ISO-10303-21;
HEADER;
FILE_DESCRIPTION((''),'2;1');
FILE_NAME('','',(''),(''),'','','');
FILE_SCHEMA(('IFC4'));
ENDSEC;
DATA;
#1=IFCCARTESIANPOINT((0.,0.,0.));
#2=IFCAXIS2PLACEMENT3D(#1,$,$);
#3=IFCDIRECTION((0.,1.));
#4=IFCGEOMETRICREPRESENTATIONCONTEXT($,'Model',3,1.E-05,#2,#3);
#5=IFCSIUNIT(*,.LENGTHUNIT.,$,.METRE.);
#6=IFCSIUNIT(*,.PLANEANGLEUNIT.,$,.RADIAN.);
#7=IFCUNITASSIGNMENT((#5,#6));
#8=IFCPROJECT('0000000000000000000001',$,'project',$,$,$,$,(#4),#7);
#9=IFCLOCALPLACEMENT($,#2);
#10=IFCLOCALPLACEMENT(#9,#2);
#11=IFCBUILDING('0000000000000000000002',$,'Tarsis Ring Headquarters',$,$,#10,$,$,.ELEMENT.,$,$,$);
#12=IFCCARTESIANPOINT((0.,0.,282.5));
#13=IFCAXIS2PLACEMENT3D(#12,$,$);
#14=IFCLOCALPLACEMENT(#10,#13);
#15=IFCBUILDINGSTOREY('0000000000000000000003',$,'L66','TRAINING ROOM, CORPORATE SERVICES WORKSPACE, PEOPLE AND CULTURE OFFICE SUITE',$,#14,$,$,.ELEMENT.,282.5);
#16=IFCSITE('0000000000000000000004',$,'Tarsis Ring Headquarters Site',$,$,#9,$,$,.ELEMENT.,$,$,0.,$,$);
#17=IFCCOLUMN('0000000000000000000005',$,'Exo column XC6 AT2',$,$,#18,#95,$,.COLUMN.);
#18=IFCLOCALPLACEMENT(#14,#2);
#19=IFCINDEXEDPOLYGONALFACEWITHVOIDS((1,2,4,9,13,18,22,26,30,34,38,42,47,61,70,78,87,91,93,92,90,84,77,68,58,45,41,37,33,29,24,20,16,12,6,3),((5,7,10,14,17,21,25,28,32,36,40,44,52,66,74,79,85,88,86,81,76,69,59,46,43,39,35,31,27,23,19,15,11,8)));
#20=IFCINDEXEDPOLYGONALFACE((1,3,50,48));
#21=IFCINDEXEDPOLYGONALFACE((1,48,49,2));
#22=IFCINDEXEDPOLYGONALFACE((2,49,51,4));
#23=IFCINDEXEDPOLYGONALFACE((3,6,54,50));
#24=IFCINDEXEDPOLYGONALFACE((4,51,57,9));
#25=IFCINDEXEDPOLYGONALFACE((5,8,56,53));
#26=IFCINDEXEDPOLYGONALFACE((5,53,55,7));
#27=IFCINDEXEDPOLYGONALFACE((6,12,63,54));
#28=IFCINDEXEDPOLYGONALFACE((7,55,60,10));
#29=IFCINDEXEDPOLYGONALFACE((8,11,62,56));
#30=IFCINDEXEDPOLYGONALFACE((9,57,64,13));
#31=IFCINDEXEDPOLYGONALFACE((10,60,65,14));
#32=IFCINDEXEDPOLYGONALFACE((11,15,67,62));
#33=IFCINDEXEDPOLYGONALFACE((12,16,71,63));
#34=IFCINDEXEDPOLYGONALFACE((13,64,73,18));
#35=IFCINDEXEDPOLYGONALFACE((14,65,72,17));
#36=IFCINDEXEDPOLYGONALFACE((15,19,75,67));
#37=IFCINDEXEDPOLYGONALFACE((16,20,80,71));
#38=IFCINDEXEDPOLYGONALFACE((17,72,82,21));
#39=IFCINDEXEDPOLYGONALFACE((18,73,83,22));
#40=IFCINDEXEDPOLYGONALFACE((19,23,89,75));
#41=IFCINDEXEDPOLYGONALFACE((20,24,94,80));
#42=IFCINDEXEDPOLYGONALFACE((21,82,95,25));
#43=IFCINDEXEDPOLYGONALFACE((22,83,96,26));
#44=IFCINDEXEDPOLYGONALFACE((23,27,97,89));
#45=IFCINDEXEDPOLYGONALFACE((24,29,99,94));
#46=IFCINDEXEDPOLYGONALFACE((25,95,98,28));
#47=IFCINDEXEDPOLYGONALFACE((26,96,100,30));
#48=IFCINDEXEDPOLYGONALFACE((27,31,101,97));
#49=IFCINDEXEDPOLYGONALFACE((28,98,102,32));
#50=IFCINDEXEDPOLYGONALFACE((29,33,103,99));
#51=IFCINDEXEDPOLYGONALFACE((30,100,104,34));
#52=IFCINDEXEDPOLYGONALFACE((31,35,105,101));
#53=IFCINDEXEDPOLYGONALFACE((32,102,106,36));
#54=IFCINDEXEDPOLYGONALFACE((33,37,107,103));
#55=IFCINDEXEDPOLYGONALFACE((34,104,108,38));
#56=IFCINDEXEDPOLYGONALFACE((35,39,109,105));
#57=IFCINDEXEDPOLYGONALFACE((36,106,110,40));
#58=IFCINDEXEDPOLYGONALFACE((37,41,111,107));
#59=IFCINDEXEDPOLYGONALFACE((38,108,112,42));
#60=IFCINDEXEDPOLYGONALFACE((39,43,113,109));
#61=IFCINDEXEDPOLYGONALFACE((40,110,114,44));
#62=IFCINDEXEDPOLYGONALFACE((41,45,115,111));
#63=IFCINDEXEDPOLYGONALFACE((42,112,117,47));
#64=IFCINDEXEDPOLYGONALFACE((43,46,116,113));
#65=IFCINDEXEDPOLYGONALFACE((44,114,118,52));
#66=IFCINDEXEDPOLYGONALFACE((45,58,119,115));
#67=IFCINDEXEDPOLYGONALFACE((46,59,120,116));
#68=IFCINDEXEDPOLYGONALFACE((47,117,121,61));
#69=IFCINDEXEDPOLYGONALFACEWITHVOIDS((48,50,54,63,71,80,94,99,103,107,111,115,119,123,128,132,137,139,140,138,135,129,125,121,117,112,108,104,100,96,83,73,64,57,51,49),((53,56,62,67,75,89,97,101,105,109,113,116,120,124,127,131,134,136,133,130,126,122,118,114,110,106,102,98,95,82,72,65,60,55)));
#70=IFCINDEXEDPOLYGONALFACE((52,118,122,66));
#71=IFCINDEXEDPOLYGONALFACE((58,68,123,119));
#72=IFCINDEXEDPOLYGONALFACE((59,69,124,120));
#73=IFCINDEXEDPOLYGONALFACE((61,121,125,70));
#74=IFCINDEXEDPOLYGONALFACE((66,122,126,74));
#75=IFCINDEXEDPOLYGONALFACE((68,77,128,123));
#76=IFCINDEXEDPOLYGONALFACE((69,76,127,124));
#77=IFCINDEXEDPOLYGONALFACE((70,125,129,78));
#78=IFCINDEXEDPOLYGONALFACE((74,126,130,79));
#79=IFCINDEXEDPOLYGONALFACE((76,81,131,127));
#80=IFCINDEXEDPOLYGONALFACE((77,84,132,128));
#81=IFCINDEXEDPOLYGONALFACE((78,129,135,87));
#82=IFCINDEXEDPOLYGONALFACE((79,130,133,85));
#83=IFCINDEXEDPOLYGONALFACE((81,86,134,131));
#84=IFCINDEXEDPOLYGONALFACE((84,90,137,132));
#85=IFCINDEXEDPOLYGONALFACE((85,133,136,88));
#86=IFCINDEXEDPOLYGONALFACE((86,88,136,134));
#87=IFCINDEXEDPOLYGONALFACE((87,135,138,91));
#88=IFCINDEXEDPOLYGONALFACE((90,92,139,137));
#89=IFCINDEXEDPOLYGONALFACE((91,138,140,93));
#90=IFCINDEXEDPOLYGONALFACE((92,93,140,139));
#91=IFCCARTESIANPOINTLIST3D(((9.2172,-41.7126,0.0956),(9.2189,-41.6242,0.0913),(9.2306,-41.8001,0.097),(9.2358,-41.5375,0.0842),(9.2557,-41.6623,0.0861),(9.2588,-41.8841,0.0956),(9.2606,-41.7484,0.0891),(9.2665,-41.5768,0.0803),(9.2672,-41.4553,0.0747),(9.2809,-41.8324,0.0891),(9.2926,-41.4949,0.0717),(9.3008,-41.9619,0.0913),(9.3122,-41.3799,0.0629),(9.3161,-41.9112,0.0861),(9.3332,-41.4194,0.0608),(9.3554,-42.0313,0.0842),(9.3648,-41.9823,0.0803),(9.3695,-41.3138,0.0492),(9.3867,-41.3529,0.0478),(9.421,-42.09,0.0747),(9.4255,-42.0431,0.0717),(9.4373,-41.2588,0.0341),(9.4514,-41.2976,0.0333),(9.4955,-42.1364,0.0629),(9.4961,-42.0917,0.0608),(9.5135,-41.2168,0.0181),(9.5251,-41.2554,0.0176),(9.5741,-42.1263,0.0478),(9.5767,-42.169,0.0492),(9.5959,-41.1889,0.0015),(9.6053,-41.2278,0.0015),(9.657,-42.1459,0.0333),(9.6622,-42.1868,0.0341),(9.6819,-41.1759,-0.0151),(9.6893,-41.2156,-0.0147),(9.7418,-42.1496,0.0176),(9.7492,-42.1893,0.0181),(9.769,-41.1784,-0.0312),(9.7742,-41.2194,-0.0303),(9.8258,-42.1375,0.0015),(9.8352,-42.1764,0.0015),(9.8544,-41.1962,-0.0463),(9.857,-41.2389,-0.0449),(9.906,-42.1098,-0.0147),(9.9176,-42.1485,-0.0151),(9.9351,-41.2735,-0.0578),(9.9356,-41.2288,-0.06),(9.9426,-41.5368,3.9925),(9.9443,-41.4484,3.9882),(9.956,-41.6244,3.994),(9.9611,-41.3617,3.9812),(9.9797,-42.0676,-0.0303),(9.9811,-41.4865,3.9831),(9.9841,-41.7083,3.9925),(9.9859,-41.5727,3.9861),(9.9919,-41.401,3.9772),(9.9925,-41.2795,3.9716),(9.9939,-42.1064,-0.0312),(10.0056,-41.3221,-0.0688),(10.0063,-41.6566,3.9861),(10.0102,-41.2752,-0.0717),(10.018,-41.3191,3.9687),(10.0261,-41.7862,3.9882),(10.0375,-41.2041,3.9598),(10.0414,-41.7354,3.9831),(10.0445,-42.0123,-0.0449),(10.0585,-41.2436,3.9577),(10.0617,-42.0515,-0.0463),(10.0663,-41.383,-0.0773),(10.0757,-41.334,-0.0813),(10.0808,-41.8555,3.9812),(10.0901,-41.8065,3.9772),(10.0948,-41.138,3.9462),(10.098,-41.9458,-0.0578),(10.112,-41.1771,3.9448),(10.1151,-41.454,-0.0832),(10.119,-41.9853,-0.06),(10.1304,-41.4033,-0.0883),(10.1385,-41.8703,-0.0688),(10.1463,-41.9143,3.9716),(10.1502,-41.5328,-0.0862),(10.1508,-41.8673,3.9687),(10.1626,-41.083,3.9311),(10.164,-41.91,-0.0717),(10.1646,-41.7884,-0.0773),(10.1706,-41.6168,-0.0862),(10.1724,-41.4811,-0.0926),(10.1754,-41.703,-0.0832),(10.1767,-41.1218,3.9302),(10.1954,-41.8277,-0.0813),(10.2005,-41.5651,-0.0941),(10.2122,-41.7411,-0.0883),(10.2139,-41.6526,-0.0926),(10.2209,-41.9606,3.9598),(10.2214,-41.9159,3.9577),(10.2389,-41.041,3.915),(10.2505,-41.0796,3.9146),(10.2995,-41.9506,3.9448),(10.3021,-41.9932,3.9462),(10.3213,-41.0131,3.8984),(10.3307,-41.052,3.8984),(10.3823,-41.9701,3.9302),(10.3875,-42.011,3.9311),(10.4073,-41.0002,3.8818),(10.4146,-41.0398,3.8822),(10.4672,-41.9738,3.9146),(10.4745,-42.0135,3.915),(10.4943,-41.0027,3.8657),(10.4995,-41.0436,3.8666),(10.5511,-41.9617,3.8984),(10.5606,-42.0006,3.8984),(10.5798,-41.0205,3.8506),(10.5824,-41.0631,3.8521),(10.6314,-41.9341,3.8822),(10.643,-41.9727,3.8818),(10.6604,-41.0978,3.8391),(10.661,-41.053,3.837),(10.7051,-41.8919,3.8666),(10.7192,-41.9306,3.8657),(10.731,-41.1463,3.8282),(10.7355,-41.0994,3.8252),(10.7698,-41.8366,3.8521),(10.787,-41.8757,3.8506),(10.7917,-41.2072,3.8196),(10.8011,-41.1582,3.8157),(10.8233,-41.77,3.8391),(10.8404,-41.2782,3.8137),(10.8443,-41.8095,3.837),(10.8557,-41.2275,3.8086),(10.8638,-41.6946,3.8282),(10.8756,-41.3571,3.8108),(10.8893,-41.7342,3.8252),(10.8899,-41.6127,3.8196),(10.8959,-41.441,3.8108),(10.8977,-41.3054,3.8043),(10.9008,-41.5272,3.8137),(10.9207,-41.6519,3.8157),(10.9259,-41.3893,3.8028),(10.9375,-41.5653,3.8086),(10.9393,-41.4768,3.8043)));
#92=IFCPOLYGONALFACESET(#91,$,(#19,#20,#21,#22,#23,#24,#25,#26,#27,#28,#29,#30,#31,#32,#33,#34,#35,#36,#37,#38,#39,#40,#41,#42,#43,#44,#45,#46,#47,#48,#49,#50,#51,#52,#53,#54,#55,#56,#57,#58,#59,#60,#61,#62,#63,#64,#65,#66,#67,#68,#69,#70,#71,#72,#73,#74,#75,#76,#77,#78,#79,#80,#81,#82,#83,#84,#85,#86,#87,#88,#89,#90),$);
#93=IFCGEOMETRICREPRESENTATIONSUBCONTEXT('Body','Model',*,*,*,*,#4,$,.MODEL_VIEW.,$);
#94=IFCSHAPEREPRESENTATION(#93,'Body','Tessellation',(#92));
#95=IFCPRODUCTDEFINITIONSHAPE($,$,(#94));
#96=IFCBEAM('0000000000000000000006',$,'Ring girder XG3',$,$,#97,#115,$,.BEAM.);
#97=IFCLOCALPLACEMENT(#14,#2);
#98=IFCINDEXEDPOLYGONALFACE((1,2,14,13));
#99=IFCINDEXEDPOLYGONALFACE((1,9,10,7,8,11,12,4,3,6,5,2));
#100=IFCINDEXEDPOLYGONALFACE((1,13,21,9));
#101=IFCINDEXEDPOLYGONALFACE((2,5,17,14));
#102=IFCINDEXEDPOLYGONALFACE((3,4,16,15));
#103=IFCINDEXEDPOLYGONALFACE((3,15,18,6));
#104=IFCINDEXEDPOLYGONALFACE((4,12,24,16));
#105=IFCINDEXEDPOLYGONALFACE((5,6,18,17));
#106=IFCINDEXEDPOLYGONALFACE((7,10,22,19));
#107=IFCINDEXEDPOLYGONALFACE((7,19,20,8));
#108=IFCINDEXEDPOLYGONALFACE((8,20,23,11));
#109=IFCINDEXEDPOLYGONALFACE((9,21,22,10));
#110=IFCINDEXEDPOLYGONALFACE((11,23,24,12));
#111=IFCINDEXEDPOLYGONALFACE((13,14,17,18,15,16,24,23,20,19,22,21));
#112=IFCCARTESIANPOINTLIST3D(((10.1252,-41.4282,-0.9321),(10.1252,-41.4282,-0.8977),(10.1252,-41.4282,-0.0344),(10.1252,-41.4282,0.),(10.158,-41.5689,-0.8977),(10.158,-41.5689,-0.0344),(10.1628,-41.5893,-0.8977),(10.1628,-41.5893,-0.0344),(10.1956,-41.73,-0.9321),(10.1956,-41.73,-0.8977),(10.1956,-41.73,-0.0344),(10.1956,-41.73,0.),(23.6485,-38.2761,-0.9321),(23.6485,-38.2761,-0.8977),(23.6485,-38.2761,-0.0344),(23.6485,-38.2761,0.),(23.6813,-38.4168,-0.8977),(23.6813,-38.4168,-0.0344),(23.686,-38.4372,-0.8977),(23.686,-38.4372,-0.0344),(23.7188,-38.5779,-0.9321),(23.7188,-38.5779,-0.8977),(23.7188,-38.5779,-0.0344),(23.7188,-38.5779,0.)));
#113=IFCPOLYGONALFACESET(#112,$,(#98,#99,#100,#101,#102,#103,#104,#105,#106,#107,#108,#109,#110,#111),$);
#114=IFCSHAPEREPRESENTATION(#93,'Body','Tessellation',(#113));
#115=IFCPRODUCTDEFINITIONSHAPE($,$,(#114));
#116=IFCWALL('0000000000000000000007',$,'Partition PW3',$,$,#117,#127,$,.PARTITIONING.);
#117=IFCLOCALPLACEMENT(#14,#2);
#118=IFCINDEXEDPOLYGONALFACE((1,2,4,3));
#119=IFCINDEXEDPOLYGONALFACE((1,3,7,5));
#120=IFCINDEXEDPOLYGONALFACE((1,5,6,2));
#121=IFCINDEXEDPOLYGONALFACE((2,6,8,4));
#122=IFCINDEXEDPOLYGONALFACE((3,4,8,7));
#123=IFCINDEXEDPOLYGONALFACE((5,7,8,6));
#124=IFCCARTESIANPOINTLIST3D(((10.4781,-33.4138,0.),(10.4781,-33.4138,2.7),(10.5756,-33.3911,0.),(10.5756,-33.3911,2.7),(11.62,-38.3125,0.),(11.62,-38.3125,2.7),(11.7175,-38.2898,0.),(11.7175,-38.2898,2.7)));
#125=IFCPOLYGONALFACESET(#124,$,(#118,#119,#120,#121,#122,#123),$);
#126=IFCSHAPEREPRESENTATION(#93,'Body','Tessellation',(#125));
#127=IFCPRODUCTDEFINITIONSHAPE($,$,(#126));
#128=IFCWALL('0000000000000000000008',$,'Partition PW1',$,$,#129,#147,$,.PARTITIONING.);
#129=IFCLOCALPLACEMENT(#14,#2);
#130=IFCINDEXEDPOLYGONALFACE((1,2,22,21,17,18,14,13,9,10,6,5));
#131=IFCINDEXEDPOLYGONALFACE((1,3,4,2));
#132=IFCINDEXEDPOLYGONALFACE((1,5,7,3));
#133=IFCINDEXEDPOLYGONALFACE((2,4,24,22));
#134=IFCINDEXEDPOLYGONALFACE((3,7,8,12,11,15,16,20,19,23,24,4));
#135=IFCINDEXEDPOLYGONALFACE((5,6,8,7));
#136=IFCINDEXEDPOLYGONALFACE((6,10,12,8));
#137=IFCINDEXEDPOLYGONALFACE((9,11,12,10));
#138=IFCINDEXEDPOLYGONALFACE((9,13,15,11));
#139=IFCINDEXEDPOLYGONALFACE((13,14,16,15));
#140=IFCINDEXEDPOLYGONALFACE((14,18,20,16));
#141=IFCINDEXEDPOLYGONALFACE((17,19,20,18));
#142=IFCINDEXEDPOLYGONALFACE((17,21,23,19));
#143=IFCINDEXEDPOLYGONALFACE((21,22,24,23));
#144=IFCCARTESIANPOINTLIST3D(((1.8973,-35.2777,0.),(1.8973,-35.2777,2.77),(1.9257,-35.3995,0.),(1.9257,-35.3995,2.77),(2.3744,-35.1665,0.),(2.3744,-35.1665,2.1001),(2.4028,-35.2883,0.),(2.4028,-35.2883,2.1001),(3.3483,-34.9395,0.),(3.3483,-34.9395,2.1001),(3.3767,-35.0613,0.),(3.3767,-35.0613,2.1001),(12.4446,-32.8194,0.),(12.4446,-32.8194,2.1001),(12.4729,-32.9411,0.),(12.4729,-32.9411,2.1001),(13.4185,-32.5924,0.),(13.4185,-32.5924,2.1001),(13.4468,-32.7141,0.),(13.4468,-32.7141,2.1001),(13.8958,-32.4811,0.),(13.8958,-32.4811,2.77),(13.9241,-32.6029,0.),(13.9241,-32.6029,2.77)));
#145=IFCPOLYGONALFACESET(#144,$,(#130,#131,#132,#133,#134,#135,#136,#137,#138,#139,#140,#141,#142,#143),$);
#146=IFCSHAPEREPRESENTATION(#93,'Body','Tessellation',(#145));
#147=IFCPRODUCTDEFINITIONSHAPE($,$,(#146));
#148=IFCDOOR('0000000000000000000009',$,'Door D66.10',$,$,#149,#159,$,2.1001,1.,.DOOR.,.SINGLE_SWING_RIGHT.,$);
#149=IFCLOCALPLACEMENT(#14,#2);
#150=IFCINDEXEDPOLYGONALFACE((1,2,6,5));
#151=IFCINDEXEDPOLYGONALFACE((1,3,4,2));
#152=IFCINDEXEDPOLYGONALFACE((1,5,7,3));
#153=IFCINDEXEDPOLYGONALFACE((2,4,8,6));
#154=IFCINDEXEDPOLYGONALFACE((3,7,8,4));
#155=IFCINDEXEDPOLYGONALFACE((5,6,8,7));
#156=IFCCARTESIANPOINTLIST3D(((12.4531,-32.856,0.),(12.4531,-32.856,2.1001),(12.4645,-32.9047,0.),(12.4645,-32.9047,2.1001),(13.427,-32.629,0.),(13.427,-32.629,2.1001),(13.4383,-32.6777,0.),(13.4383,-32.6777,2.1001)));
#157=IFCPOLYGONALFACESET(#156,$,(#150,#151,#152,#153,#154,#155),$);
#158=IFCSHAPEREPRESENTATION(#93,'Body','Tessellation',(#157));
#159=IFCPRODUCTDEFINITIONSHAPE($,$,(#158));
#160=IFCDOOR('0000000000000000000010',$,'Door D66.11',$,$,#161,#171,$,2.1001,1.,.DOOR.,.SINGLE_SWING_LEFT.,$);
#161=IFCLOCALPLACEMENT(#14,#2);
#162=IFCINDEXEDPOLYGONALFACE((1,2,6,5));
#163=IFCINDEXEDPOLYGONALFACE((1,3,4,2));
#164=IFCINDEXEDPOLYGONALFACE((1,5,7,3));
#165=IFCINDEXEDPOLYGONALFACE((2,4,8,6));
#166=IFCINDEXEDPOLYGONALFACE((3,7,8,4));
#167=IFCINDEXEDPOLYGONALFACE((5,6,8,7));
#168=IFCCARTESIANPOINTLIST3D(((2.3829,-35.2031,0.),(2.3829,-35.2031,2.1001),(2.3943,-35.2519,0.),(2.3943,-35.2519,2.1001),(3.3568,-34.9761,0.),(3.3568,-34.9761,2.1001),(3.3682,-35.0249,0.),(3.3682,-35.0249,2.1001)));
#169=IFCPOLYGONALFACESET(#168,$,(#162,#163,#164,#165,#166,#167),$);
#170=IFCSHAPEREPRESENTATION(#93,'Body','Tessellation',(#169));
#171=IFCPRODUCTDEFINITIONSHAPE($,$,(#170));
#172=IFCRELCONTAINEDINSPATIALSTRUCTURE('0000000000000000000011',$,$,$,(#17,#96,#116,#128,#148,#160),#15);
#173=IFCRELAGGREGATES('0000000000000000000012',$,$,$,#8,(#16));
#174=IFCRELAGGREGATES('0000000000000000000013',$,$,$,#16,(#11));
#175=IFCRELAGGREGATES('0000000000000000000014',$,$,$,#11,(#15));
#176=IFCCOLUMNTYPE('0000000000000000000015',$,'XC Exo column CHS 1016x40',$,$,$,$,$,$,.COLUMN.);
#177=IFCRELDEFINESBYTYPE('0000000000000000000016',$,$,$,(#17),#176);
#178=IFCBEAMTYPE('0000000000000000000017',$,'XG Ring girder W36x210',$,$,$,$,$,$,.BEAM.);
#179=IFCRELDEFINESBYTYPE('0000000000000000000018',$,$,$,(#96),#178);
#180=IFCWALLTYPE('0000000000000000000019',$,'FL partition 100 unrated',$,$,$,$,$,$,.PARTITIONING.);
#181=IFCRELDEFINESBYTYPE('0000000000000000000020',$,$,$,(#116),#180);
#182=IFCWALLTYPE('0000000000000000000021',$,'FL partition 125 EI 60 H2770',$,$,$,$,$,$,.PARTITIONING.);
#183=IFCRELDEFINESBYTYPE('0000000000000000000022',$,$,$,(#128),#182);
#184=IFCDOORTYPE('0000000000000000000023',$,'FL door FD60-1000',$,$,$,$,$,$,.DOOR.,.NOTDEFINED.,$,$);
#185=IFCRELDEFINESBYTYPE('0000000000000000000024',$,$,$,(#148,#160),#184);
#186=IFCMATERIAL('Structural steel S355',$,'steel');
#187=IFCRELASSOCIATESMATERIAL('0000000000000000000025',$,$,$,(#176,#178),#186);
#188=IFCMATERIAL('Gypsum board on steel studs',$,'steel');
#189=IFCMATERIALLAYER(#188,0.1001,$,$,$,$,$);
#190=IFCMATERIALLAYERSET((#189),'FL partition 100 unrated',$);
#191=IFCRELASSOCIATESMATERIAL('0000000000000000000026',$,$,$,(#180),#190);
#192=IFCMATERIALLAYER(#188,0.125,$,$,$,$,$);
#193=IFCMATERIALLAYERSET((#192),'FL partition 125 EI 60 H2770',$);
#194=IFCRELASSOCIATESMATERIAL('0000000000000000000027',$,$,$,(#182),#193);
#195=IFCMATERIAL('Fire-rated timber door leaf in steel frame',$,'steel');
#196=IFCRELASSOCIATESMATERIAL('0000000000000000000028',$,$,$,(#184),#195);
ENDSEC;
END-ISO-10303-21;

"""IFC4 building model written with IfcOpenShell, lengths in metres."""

from ifc_helpers import new_model, si_unit, direction, frame, frame_2d, origin, origin_2d, place, context, subcontext, project, spatial, rectangle, hollow_circle, i_section, extrude, material, layer, layer_set, material_profile, profile_set, type_object, element, fill, save


model = new_model("IFC4")

# Units and contexts
model_context = context("Model", 3, precision=1e-05, world=origin(), true_north=direction((0.0, 1.0)))
body_context = subcontext(model_context, "Body", "Model", "MODEL_VIEW")
ifc_project = project(units=[si_unit("LENGTHUNIT", "METRE"), si_unit("PLANEANGLEUNIT", "RADIAN")], contexts=[model_context])

# Site, building, storey
site_placement = place(None, origin())
site = spatial("IfcSite", under=ifc_project, at=site_placement, Name="Tarsis Ring Headquarters Site", CompositionType="ELEMENT", RefElevation=0.0)
building_placement = place(site_placement, origin())
building = spatial("IfcBuilding", under=site, at=building_placement, Name="Tarsis Ring Headquarters", CompositionType="ELEMENT")
storey_placement = place(building_placement, frame((0.0, 0.0, 282.5)))
storey = spatial("IfcBuildingStorey", under=building, at=storey_placement, Name="L66", Description="TRAINING ROOM, CORPORATE SERVICES WORKSPACE, PEOPLE AND CULTURE OFFICE SUITE", CompositionType="ELEMENT", Elevation=282.5)

# Column
ifc_material_1 = material(Name="Structural steel S355", Category="steel")
ifc_material_profile_1 = material_profile(ifc_material_1, hollow_circle(Radius=0.5081, WallThickness=0.04, at=origin_2d()), Name="CHS 1016x40")
ifc_profile_set_1 = profile_set([ifc_material_profile_1], Name="Structural steel S355")
column_type = type_object("IfcColumnType", Name="XC Exo column CHS 1016x40", PredefinedType="COLUMN", material=ifc_profile_set_1)
column_placement = place(storey_placement, frame((9.7156, -41.6826, 0.0015), z_axis=(0.182807, 0.044302, 0.98215), x_axis=(-0.235525, 0.971868, 0.0)))
element("IfcColumn", 1, at=column_placement, inside=storey, type_object=column_type, Name="Exo column XC6 AT2", PredefinedType="COLUMN", context=body_context, shape_type="SweptSolid", body=[
    extrude(hollow_circle(Radius=0.5081, WallThickness=0.04, at=origin_2d()), origin(), (0.0, 0.0, 1.0), 3.9678),
])

# Beam
ifc_material_profile_2 = material_profile(ifc_material_1, i_section(OverallWidth=0.3098, OverallDepth=0.9321, WebThickness=0.021, FlangeThickness=0.0344, at=origin_2d()), Name="W36x210")
ifc_profile_set_2 = profile_set([ifc_material_profile_2], Name="Structural steel S355")
beam_type = type_object("IfcBeamType", Name="XG Ring girder W36x210", PredefinedType="BEAM", material=ifc_profile_set_2)
beam_placement = place(storey_placement, frame((10.1604, -41.5791, -0.4661), z_axis=(0.973894, 0.227003, 0.0), x_axis=(-0.227003, 0.973894, 0.0)))
element("IfcBeam", 2, at=beam_placement, inside=storey, type_object=beam_type, Name="Ring girder XG3", PredefinedType="BEAM", context=body_context, shape_type="SweptSolid", body=[
    extrude(i_section(OverallWidth=0.3098, OverallDepth=0.9321, WebThickness=0.021, FlangeThickness=0.0344, at=origin_2d()), origin(), (0.0, 0.0, 1.0), 13.8857),
])

# Wall
ifc_material_2 = material(Name="Gypsum board on steel studs", Category="steel")
ifc_layer_1 = layer(ifc_material_2, 0.1001)
ifc_layer_set_1 = layer_set([ifc_layer_1], Name="FL partition 100 unrated")
wall_type_1 = type_object("IfcWallType", Name="FL partition 100 unrated", PredefinedType="PARTITIONING", material=ifc_layer_set_1)
wall_1_placement = place(storey_placement, frame((10.5269, -33.4023, 0.0), z_axis=(0.0, 0.0, 1.0), x_axis=(0.227007, -0.973893, 0.0)))
element("IfcWall", 3, at=wall_1_placement, inside=storey, type_object=wall_type_1, Name="Partition PW3", PredefinedType="PARTITIONING", context=body_context, shape_type="SweptSolid", body=[
    extrude(rectangle(XDim=5.03, YDim=0.1001, at=frame_2d((2.5151, 0.0))), origin(), (0.0, 0.0, 1.0), 2.7),
])

# Wall, openings, doors
ifc_layer_2 = layer(ifc_material_2, 0.125)
ifc_layer_set_2 = layer_set([ifc_layer_2], Name="FL partition 125 EI 60 H2770")
wall_type_2 = type_object("IfcWallType", Name="FL partition 125 EI 60 H2770", PredefinedType="PARTITIONING", material=ifc_layer_set_2)
wall_2_placement = place(storey_placement, frame((1.9114, -35.3386, 0.0), z_axis=(0.0, 0.0, 1.0), x_axis=(0.973896, 0.226997, 0.0)))
wall_2 = element("IfcWall", 4, at=wall_2_placement, inside=storey, type_object=wall_type_2, Name="Partition PW1", PredefinedType="PARTITIONING", context=body_context, shape_type="SweptSolid", body=[
    extrude(rectangle(XDim=12.3201, YDim=0.125, at=frame_2d((6.1602, 0.0))), origin(), (0.0, 0.0, 1.0), 2.77),
])
opening_1_placement = place(wall_2_placement, frame((10.8301, 0.0, 0.0)))
opening_1 = element("IfcOpeningElement", 5, at=opening_1_placement, cuts=wall_2, PredefinedType="OPENING", context=body_context, shape_type="SweptSolid", body=[
    extrude(rectangle(XDim=1.0, YDim=2.1001, at=frame_2d((0.5, 1.05))), frame((0.0, 0.0725, 0.0), z_axis=(0.0, -1.0, 0.0), x_axis=(1.0, 0.0, 0.0)), (0.0, 0.0, 1.0), 0.145),
])
opening_2_placement = place(wall_2_placement, frame((0.49, 0.0, 0.0)))
opening_2 = element("IfcOpeningElement", 6, at=opening_2_placement, cuts=wall_2, PredefinedType="OPENING", context=body_context, shape_type="SweptSolid", body=[
    extrude(rectangle(XDim=1.0, YDim=2.1001, at=frame_2d((0.5, 1.05))), frame((0.0, 0.0725, 0.0), z_axis=(0.0, -1.0, 0.0), x_axis=(1.0, 0.0, 0.0)), (0.0, 0.0, 1.0), 0.145),
])
ifc_material_3 = material(Name="Fire-rated timber door leaf in steel frame", Category="steel")
door_type = type_object("IfcDoorType", Name="FL door FD60-1000", OperationType="NOTDEFINED", PredefinedType="DOOR", material=ifc_material_3)
door_1_placement = place(opening_1_placement, origin())
door_1 = element("IfcDoor", 7, at=door_1_placement, inside=storey, type_object=door_type, Name="Door D66.10", OperationType="SINGLE_SWING_RIGHT", OverallHeight=2.1001, OverallWidth=1.0, PredefinedType="DOOR", context=body_context, shape_type="SweptSolid", body=[
    extrude(rectangle(XDim=1.0, YDim=2.1001, at=frame_2d((0.5, 1.05))), frame((0.0, 0.0249, 0.0), z_axis=(0.0, -1.0, 0.0), x_axis=(1.0, 0.0, 0.0)), (0.0, 0.0, 1.0), 0.05),
])
fill(opening_1, door_1)
door_2_placement = place(opening_2_placement, origin())
door_2 = element("IfcDoor", 8, at=door_2_placement, inside=storey, type_object=door_type, Name="Door D66.11", OperationType="SINGLE_SWING_LEFT", OverallHeight=2.1001, OverallWidth=1.0, PredefinedType="DOOR", context=body_context, shape_type="SweptSolid", body=[
    extrude(rectangle(XDim=1.0, YDim=2.1001, at=frame_2d((0.5, 1.05))), frame((0.0, 0.0249, 0.0), z_axis=(0.0, -1.0, 0.0), x_axis=(1.0, 0.0, 0.0)), (0.0, 0.0, 1.0), 0.05),
])
fill(opening_2, door_2)

save(model, "model.ifc")
